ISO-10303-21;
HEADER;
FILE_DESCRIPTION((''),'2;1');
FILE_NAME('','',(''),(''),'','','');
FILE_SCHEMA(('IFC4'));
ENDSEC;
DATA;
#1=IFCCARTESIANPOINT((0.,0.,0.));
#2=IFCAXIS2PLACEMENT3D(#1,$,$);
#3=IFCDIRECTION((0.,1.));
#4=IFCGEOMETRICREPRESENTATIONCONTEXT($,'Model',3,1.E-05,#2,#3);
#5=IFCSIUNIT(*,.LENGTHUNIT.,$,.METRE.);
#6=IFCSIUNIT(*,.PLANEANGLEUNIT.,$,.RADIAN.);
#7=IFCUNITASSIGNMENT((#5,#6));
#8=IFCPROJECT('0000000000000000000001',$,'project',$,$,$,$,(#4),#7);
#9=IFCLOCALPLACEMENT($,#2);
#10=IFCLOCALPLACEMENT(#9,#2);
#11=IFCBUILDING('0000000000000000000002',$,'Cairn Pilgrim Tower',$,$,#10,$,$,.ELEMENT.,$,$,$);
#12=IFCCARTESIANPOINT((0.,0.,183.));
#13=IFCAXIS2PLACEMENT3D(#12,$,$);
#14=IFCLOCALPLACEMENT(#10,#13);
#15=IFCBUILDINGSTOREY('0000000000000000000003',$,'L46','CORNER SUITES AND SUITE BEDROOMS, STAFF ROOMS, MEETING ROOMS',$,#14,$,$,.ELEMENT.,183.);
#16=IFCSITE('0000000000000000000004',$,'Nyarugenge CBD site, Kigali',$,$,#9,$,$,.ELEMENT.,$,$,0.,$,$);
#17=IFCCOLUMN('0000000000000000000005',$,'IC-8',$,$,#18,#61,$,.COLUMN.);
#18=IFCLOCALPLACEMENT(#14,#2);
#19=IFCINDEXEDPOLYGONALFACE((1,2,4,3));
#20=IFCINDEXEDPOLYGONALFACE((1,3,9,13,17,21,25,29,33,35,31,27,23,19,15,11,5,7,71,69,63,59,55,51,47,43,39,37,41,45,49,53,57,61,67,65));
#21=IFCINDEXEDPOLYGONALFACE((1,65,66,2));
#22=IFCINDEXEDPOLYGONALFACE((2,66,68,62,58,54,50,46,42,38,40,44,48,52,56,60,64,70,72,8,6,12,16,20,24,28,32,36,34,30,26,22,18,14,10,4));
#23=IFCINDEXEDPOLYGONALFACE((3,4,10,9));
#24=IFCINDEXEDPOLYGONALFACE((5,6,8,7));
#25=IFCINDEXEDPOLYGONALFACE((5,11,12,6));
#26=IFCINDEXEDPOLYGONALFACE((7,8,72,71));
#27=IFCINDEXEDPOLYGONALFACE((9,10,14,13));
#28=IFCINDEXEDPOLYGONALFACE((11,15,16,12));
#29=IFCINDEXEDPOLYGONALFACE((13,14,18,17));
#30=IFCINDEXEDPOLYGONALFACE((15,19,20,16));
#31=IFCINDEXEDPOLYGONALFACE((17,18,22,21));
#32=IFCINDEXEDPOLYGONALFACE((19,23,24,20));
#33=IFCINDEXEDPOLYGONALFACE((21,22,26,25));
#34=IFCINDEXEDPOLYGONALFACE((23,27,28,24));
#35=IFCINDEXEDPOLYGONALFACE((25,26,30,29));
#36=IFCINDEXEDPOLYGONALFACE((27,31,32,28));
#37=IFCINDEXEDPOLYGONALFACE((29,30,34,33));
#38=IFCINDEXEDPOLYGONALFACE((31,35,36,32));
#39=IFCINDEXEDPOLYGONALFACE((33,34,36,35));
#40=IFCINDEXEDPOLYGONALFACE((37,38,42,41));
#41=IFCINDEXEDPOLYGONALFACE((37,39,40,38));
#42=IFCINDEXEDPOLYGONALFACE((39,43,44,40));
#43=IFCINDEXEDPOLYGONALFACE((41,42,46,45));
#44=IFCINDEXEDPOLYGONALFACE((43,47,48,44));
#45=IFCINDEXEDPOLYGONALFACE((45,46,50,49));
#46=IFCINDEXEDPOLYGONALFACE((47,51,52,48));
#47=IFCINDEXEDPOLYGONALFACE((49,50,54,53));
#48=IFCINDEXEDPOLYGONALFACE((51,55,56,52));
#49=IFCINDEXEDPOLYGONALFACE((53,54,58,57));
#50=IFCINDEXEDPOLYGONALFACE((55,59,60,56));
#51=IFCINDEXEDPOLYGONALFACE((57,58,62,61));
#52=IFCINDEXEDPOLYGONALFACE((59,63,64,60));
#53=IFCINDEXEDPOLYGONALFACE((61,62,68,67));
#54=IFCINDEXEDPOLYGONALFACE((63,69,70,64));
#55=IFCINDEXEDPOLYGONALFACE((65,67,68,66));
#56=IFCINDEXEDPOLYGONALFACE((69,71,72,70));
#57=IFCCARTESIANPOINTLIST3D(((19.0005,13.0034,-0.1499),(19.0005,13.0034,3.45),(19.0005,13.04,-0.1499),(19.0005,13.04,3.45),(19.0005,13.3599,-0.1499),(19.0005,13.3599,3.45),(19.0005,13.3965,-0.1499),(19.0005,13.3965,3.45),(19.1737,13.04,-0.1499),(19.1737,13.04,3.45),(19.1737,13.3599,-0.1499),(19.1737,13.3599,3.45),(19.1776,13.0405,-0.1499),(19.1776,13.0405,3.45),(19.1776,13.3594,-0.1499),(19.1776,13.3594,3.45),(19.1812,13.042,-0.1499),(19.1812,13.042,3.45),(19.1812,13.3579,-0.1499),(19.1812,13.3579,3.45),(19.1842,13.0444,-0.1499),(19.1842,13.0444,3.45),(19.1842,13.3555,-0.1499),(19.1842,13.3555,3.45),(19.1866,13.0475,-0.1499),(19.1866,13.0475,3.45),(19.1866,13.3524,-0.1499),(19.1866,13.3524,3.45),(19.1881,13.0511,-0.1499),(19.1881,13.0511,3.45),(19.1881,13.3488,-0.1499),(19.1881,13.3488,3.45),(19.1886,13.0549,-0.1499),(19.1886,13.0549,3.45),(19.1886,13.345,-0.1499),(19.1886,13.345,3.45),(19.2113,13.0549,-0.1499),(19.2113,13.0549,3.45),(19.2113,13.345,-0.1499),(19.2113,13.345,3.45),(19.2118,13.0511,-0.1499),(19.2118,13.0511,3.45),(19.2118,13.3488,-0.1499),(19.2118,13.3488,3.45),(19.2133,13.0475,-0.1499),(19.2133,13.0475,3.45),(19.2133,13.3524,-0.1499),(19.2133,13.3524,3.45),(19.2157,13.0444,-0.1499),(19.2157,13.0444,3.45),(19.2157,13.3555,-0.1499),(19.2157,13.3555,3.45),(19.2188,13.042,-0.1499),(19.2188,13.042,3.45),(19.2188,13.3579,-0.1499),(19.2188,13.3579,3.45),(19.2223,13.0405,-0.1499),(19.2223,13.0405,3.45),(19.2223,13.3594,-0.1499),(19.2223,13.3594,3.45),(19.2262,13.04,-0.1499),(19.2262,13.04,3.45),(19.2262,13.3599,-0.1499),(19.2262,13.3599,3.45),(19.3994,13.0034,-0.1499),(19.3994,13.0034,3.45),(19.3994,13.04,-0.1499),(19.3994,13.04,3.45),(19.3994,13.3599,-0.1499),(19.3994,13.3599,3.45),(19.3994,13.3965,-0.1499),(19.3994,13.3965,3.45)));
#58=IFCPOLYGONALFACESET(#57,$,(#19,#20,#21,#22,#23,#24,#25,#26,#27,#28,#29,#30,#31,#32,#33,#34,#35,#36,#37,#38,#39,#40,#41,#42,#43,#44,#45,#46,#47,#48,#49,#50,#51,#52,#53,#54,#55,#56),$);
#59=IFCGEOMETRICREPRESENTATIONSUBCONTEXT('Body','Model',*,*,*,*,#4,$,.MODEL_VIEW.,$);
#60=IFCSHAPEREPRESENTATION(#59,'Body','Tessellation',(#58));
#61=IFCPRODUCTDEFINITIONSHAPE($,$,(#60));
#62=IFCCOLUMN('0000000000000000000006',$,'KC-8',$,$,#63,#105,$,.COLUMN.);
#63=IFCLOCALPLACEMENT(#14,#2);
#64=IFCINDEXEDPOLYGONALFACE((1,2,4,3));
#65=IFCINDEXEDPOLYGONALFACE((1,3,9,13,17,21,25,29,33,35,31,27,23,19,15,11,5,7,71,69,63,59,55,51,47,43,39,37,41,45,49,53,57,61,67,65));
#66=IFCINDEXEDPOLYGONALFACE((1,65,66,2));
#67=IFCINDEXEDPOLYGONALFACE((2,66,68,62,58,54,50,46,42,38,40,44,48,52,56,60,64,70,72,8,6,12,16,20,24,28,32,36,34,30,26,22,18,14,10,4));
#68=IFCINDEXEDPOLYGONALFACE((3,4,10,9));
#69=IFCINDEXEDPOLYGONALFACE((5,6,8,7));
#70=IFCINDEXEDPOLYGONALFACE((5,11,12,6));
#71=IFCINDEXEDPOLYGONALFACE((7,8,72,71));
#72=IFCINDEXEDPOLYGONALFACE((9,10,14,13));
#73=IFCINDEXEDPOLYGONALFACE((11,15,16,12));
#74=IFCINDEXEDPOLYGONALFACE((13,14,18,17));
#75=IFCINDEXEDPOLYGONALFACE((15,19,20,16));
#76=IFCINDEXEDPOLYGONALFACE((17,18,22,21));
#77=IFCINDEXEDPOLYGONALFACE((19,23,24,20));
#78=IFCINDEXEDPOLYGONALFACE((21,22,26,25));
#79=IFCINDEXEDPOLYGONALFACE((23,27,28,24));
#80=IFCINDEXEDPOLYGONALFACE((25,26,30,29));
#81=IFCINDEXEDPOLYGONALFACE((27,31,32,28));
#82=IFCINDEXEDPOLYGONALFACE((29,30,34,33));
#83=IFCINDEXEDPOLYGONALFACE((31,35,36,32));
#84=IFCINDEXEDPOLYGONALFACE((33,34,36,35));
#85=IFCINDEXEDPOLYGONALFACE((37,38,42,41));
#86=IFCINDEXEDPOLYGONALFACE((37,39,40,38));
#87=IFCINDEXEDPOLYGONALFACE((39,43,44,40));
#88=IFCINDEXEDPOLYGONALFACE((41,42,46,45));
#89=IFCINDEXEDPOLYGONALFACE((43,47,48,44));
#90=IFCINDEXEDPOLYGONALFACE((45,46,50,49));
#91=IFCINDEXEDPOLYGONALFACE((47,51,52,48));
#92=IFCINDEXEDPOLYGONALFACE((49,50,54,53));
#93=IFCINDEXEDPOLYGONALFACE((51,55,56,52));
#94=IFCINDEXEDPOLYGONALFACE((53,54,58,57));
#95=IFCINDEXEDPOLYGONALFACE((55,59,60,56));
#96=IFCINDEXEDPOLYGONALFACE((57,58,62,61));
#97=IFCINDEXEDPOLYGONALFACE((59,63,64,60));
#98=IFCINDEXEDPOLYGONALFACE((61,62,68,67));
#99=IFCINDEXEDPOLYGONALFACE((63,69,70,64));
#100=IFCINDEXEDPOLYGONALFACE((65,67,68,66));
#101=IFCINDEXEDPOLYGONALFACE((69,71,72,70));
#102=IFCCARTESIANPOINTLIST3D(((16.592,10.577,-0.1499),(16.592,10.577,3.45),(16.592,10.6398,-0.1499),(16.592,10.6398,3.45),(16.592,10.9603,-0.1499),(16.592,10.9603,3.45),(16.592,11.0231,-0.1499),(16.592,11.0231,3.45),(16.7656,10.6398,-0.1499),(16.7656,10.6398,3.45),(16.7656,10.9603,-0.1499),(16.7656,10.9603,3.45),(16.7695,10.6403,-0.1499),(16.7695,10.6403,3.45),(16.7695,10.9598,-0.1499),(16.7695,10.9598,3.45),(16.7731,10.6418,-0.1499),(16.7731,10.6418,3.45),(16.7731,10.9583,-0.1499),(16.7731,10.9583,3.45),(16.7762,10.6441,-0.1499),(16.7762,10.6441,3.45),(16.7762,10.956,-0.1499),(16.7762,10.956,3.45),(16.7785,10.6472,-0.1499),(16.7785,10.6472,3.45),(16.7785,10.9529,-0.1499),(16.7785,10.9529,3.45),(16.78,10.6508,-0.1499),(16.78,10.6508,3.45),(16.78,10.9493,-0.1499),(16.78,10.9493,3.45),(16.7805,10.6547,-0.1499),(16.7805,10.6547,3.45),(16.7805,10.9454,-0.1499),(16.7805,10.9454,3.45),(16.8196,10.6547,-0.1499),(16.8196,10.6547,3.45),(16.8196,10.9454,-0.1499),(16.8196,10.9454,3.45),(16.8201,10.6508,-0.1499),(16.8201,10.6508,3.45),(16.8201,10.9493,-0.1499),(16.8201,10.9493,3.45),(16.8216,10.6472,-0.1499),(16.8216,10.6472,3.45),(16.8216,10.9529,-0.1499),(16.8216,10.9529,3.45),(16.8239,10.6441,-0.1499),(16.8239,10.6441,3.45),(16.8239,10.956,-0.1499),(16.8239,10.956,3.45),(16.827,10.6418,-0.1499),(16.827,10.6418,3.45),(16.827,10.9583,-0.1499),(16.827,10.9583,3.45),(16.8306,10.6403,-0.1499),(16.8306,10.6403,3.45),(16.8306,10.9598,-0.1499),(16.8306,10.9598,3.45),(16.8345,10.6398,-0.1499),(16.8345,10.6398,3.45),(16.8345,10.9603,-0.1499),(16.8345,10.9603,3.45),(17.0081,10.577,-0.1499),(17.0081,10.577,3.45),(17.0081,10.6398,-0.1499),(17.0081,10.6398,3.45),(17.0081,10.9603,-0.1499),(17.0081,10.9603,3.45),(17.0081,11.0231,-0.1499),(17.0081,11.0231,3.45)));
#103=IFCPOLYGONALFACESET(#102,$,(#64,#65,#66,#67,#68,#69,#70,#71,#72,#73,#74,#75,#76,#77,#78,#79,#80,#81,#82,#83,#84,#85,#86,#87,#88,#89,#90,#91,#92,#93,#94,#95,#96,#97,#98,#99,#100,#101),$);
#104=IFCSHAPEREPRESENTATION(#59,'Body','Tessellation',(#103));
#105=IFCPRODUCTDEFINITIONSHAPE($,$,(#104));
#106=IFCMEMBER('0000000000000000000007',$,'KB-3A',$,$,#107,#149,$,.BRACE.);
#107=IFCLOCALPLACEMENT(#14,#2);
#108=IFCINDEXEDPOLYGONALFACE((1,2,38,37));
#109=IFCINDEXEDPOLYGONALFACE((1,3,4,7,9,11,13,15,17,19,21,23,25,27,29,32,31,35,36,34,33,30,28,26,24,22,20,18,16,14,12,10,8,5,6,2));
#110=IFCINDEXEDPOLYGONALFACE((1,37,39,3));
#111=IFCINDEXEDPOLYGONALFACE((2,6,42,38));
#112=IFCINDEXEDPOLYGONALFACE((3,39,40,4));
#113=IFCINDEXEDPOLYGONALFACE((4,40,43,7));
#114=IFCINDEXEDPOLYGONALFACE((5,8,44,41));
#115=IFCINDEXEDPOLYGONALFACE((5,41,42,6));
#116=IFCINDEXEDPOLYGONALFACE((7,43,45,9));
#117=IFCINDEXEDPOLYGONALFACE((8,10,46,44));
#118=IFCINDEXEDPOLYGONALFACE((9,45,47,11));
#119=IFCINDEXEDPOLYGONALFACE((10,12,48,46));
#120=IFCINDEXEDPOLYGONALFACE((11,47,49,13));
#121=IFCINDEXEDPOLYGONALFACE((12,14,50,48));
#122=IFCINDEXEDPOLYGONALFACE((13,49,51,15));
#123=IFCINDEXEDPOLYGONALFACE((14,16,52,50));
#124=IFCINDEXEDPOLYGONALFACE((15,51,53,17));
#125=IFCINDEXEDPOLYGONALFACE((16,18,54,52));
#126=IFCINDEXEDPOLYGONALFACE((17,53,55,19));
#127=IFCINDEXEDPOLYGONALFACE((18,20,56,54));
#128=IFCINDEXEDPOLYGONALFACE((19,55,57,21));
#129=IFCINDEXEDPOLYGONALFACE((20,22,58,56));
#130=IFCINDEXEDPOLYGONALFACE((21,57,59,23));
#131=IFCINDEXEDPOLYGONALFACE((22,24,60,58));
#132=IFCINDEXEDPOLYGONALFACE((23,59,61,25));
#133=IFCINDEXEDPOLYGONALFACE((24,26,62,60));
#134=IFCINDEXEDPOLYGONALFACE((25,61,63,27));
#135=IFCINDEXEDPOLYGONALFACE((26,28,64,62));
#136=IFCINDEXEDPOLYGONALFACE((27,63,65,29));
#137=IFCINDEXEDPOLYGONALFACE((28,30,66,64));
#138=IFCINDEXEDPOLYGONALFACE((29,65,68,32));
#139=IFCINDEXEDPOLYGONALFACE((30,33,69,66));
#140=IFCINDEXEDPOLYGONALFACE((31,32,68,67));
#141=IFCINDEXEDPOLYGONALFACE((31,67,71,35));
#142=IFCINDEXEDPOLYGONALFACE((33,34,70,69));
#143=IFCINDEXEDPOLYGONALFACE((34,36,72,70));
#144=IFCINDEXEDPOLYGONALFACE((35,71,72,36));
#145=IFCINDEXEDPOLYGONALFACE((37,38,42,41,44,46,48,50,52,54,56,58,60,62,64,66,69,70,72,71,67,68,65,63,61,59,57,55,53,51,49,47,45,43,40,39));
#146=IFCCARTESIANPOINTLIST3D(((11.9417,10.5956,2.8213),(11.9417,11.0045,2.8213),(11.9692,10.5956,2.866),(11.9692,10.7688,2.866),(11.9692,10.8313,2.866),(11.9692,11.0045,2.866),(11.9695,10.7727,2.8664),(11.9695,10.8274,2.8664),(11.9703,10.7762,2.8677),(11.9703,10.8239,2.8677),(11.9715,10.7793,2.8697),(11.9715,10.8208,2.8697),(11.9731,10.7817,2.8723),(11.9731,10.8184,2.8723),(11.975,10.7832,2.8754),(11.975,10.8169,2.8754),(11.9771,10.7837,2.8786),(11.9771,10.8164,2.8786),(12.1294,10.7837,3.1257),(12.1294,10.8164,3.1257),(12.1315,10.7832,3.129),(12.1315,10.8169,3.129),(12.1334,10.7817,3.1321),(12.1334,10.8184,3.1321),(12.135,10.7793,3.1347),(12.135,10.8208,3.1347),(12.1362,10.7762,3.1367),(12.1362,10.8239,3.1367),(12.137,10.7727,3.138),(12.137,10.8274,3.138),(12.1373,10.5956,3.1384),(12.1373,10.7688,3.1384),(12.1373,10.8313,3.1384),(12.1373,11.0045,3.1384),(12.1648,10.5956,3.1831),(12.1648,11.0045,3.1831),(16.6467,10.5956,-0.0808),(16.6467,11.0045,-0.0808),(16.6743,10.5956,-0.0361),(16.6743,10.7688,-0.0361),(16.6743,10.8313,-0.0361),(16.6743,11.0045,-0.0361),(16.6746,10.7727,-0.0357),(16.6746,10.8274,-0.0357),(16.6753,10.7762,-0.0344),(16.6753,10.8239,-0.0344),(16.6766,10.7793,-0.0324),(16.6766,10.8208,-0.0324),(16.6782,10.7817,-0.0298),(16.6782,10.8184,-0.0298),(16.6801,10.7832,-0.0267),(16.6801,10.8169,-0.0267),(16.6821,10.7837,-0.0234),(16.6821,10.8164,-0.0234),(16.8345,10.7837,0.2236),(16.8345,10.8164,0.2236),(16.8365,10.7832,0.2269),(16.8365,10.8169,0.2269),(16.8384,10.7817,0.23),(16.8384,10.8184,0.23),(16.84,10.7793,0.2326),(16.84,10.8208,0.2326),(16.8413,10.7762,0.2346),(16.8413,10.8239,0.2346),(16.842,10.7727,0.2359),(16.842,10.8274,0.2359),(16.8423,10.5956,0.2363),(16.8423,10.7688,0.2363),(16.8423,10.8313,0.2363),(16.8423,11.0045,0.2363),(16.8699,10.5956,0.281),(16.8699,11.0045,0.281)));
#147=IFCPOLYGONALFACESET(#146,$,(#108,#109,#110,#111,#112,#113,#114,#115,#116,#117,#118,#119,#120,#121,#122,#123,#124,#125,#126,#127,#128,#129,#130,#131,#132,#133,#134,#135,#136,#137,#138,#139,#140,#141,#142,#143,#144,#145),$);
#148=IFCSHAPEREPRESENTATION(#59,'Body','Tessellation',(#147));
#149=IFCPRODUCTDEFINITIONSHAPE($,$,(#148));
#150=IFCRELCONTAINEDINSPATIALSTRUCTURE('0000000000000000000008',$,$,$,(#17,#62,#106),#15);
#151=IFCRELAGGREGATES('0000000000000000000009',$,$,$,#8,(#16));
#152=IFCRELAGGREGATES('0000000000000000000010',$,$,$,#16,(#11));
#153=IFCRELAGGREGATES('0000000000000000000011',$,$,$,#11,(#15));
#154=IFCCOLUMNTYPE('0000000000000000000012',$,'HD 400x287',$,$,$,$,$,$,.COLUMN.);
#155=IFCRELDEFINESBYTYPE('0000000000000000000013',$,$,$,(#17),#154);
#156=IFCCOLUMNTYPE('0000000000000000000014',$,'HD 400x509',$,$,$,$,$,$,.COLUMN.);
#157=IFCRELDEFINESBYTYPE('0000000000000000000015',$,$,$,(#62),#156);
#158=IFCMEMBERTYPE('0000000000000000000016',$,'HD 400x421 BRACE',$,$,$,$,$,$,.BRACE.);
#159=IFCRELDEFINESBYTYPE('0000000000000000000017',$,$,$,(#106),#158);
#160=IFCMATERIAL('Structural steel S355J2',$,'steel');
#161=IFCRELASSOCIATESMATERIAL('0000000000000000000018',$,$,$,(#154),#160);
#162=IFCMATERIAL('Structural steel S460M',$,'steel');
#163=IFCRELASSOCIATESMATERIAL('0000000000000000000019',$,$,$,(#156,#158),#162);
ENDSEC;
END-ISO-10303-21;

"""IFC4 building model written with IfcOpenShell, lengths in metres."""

from ifc_helpers import new_model, si_unit, direction, frame, origin, origin_2d, place, context, subcontext, project, spatial, i_section, extrude, material, material_profile, profile_set, type_object, element, save


model = new_model("IFC4")

# Units and contexts
model_context = context("Model", 3, precision=1e-05, world=origin(), true_north=direction((0.0, 1.0)))
body_context = subcontext(model_context, "Body", "Model", "MODEL_VIEW")
ifc_project = project(units=[si_unit("LENGTHUNIT", "METRE"), si_unit("PLANEANGLEUNIT", "RADIAN")], contexts=[model_context])

# Site, building, storey
site_placement = place(None, origin())
site = spatial("IfcSite", under=ifc_project, at=site_placement, Name="Nyarugenge CBD site, Kigali", CompositionType="ELEMENT", RefElevation=0.0)
building_placement = place(site_placement, origin())
building = spatial("IfcBuilding", under=site, at=building_placement, Name="Cairn Pilgrim Tower", CompositionType="ELEMENT")
storey_placement = place(building_placement, frame((0.0, 0.0, 183.0)))
storey = spatial("IfcBuildingStorey", under=building, at=storey_placement, Name="L46", Description="CORNER SUITES AND SUITE BEDROOMS, STAFF ROOMS, MEETING ROOMS", CompositionType="ELEMENT", Elevation=183.0)

# Columns
ifc_material_1 = material(Name="Structural steel S355J2", Category="steel")
ifc_material_profile_1 = material_profile(ifc_material_1, i_section(OverallWidth=0.3989, OverallDepth=0.3931, WebThickness=0.0227, FlangeThickness=0.0366, FilletRadius=0.0149, at=origin_2d()), Name="HD 400x287")
ifc_profile_set_1 = profile_set([ifc_material_profile_1], Name="Structural steel S355J2")
column_type_1 = type_object("IfcColumnType", Name="HD 400x287", PredefinedType="COLUMN", material=ifc_profile_set_1)
column_1_placement = place(storey_placement, frame((19.2, 13.2, -0.1499), z_axis=(0.0, 0.0, 1.0), x_axis=(1.0, 0.0, 0.0)))
element("IfcColumn", 1, at=column_1_placement, inside=storey, type_object=column_type_1, Name="IC-8", PredefinedType="COLUMN", context=body_context, shape_type="SweptSolid", body=[
    extrude(i_section(OverallWidth=0.3989, OverallDepth=0.3931, WebThickness=0.0227, FlangeThickness=0.0366, FilletRadius=0.0149, at=origin_2d()), origin(), (0.0, 0.0, 1.0), 3.5999),
])
ifc_material_2 = material(Name="Structural steel S460M", Category="steel")
ifc_material_profile_2 = material_profile(ifc_material_2, i_section(OverallWidth=0.416, OverallDepth=0.446, WebThickness=0.0391, FlangeThickness=0.0627, FilletRadius=0.0149, at=origin_2d()), Name="HD 400x509")
ifc_profile_set_2 = profile_set([ifc_material_profile_2], Name="Structural steel S460M")
column_type_2 = type_object("IfcColumnType", Name="HD 400x509", PredefinedType="COLUMN", material=ifc_profile_set_2)
column_2_placement = place(storey_placement, frame((16.8, 10.8, -0.1499), z_axis=(0.0, 0.0, 1.0), x_axis=(1.0, 0.0, 0.0)))
element("IfcColumn", 2, at=column_2_placement, inside=storey, type_object=column_type_2, Name="KC-8", PredefinedType="COLUMN", context=body_context, shape_type="SweptSolid", body=[
    extrude(i_section(OverallWidth=0.416, OverallDepth=0.446, WebThickness=0.0391, FlangeThickness=0.0627, FilletRadius=0.0149, at=origin_2d()), origin(), (0.0, 0.0, 1.0), 3.5999),
])

# Member
ifc_material_profile_3 = material_profile(ifc_material_2, i_section(OverallWidth=0.4089, OverallDepth=0.425, WebThickness=0.0327, FlangeThickness=0.0525, FilletRadius=0.0149, at=origin_2d()), Name="HD 400x421")
ifc_profile_set_3 = profile_set([ifc_material_profile_3], Name="Structural steel S460M")
member_type = type_object("IfcMemberType", Name="HD 400x421 BRACE", PredefinedType="BRACE", material=ifc_profile_set_3)
member_placement = place(storey_placement, frame((16.7583, 10.8, 0.1001), z_axis=(-0.85112, 0.0, 0.524972), x_axis=(0.0, -1.0, 0.0)))
element("IfcMember", 3, at=member_placement, inside=storey, type_object=member_type, Name="KB-3A", PredefinedType="BRACE", context=body_context, shape_type="SweptSolid", body=[
    extrude(i_section(OverallWidth=0.4089, OverallDepth=0.425, WebThickness=0.0327, FlangeThickness=0.0525, FilletRadius=0.0149, at=origin_2d()), origin(), (0.0, 0.0, 1.0), 5.5281),
])

save(model, "model.ifc")
